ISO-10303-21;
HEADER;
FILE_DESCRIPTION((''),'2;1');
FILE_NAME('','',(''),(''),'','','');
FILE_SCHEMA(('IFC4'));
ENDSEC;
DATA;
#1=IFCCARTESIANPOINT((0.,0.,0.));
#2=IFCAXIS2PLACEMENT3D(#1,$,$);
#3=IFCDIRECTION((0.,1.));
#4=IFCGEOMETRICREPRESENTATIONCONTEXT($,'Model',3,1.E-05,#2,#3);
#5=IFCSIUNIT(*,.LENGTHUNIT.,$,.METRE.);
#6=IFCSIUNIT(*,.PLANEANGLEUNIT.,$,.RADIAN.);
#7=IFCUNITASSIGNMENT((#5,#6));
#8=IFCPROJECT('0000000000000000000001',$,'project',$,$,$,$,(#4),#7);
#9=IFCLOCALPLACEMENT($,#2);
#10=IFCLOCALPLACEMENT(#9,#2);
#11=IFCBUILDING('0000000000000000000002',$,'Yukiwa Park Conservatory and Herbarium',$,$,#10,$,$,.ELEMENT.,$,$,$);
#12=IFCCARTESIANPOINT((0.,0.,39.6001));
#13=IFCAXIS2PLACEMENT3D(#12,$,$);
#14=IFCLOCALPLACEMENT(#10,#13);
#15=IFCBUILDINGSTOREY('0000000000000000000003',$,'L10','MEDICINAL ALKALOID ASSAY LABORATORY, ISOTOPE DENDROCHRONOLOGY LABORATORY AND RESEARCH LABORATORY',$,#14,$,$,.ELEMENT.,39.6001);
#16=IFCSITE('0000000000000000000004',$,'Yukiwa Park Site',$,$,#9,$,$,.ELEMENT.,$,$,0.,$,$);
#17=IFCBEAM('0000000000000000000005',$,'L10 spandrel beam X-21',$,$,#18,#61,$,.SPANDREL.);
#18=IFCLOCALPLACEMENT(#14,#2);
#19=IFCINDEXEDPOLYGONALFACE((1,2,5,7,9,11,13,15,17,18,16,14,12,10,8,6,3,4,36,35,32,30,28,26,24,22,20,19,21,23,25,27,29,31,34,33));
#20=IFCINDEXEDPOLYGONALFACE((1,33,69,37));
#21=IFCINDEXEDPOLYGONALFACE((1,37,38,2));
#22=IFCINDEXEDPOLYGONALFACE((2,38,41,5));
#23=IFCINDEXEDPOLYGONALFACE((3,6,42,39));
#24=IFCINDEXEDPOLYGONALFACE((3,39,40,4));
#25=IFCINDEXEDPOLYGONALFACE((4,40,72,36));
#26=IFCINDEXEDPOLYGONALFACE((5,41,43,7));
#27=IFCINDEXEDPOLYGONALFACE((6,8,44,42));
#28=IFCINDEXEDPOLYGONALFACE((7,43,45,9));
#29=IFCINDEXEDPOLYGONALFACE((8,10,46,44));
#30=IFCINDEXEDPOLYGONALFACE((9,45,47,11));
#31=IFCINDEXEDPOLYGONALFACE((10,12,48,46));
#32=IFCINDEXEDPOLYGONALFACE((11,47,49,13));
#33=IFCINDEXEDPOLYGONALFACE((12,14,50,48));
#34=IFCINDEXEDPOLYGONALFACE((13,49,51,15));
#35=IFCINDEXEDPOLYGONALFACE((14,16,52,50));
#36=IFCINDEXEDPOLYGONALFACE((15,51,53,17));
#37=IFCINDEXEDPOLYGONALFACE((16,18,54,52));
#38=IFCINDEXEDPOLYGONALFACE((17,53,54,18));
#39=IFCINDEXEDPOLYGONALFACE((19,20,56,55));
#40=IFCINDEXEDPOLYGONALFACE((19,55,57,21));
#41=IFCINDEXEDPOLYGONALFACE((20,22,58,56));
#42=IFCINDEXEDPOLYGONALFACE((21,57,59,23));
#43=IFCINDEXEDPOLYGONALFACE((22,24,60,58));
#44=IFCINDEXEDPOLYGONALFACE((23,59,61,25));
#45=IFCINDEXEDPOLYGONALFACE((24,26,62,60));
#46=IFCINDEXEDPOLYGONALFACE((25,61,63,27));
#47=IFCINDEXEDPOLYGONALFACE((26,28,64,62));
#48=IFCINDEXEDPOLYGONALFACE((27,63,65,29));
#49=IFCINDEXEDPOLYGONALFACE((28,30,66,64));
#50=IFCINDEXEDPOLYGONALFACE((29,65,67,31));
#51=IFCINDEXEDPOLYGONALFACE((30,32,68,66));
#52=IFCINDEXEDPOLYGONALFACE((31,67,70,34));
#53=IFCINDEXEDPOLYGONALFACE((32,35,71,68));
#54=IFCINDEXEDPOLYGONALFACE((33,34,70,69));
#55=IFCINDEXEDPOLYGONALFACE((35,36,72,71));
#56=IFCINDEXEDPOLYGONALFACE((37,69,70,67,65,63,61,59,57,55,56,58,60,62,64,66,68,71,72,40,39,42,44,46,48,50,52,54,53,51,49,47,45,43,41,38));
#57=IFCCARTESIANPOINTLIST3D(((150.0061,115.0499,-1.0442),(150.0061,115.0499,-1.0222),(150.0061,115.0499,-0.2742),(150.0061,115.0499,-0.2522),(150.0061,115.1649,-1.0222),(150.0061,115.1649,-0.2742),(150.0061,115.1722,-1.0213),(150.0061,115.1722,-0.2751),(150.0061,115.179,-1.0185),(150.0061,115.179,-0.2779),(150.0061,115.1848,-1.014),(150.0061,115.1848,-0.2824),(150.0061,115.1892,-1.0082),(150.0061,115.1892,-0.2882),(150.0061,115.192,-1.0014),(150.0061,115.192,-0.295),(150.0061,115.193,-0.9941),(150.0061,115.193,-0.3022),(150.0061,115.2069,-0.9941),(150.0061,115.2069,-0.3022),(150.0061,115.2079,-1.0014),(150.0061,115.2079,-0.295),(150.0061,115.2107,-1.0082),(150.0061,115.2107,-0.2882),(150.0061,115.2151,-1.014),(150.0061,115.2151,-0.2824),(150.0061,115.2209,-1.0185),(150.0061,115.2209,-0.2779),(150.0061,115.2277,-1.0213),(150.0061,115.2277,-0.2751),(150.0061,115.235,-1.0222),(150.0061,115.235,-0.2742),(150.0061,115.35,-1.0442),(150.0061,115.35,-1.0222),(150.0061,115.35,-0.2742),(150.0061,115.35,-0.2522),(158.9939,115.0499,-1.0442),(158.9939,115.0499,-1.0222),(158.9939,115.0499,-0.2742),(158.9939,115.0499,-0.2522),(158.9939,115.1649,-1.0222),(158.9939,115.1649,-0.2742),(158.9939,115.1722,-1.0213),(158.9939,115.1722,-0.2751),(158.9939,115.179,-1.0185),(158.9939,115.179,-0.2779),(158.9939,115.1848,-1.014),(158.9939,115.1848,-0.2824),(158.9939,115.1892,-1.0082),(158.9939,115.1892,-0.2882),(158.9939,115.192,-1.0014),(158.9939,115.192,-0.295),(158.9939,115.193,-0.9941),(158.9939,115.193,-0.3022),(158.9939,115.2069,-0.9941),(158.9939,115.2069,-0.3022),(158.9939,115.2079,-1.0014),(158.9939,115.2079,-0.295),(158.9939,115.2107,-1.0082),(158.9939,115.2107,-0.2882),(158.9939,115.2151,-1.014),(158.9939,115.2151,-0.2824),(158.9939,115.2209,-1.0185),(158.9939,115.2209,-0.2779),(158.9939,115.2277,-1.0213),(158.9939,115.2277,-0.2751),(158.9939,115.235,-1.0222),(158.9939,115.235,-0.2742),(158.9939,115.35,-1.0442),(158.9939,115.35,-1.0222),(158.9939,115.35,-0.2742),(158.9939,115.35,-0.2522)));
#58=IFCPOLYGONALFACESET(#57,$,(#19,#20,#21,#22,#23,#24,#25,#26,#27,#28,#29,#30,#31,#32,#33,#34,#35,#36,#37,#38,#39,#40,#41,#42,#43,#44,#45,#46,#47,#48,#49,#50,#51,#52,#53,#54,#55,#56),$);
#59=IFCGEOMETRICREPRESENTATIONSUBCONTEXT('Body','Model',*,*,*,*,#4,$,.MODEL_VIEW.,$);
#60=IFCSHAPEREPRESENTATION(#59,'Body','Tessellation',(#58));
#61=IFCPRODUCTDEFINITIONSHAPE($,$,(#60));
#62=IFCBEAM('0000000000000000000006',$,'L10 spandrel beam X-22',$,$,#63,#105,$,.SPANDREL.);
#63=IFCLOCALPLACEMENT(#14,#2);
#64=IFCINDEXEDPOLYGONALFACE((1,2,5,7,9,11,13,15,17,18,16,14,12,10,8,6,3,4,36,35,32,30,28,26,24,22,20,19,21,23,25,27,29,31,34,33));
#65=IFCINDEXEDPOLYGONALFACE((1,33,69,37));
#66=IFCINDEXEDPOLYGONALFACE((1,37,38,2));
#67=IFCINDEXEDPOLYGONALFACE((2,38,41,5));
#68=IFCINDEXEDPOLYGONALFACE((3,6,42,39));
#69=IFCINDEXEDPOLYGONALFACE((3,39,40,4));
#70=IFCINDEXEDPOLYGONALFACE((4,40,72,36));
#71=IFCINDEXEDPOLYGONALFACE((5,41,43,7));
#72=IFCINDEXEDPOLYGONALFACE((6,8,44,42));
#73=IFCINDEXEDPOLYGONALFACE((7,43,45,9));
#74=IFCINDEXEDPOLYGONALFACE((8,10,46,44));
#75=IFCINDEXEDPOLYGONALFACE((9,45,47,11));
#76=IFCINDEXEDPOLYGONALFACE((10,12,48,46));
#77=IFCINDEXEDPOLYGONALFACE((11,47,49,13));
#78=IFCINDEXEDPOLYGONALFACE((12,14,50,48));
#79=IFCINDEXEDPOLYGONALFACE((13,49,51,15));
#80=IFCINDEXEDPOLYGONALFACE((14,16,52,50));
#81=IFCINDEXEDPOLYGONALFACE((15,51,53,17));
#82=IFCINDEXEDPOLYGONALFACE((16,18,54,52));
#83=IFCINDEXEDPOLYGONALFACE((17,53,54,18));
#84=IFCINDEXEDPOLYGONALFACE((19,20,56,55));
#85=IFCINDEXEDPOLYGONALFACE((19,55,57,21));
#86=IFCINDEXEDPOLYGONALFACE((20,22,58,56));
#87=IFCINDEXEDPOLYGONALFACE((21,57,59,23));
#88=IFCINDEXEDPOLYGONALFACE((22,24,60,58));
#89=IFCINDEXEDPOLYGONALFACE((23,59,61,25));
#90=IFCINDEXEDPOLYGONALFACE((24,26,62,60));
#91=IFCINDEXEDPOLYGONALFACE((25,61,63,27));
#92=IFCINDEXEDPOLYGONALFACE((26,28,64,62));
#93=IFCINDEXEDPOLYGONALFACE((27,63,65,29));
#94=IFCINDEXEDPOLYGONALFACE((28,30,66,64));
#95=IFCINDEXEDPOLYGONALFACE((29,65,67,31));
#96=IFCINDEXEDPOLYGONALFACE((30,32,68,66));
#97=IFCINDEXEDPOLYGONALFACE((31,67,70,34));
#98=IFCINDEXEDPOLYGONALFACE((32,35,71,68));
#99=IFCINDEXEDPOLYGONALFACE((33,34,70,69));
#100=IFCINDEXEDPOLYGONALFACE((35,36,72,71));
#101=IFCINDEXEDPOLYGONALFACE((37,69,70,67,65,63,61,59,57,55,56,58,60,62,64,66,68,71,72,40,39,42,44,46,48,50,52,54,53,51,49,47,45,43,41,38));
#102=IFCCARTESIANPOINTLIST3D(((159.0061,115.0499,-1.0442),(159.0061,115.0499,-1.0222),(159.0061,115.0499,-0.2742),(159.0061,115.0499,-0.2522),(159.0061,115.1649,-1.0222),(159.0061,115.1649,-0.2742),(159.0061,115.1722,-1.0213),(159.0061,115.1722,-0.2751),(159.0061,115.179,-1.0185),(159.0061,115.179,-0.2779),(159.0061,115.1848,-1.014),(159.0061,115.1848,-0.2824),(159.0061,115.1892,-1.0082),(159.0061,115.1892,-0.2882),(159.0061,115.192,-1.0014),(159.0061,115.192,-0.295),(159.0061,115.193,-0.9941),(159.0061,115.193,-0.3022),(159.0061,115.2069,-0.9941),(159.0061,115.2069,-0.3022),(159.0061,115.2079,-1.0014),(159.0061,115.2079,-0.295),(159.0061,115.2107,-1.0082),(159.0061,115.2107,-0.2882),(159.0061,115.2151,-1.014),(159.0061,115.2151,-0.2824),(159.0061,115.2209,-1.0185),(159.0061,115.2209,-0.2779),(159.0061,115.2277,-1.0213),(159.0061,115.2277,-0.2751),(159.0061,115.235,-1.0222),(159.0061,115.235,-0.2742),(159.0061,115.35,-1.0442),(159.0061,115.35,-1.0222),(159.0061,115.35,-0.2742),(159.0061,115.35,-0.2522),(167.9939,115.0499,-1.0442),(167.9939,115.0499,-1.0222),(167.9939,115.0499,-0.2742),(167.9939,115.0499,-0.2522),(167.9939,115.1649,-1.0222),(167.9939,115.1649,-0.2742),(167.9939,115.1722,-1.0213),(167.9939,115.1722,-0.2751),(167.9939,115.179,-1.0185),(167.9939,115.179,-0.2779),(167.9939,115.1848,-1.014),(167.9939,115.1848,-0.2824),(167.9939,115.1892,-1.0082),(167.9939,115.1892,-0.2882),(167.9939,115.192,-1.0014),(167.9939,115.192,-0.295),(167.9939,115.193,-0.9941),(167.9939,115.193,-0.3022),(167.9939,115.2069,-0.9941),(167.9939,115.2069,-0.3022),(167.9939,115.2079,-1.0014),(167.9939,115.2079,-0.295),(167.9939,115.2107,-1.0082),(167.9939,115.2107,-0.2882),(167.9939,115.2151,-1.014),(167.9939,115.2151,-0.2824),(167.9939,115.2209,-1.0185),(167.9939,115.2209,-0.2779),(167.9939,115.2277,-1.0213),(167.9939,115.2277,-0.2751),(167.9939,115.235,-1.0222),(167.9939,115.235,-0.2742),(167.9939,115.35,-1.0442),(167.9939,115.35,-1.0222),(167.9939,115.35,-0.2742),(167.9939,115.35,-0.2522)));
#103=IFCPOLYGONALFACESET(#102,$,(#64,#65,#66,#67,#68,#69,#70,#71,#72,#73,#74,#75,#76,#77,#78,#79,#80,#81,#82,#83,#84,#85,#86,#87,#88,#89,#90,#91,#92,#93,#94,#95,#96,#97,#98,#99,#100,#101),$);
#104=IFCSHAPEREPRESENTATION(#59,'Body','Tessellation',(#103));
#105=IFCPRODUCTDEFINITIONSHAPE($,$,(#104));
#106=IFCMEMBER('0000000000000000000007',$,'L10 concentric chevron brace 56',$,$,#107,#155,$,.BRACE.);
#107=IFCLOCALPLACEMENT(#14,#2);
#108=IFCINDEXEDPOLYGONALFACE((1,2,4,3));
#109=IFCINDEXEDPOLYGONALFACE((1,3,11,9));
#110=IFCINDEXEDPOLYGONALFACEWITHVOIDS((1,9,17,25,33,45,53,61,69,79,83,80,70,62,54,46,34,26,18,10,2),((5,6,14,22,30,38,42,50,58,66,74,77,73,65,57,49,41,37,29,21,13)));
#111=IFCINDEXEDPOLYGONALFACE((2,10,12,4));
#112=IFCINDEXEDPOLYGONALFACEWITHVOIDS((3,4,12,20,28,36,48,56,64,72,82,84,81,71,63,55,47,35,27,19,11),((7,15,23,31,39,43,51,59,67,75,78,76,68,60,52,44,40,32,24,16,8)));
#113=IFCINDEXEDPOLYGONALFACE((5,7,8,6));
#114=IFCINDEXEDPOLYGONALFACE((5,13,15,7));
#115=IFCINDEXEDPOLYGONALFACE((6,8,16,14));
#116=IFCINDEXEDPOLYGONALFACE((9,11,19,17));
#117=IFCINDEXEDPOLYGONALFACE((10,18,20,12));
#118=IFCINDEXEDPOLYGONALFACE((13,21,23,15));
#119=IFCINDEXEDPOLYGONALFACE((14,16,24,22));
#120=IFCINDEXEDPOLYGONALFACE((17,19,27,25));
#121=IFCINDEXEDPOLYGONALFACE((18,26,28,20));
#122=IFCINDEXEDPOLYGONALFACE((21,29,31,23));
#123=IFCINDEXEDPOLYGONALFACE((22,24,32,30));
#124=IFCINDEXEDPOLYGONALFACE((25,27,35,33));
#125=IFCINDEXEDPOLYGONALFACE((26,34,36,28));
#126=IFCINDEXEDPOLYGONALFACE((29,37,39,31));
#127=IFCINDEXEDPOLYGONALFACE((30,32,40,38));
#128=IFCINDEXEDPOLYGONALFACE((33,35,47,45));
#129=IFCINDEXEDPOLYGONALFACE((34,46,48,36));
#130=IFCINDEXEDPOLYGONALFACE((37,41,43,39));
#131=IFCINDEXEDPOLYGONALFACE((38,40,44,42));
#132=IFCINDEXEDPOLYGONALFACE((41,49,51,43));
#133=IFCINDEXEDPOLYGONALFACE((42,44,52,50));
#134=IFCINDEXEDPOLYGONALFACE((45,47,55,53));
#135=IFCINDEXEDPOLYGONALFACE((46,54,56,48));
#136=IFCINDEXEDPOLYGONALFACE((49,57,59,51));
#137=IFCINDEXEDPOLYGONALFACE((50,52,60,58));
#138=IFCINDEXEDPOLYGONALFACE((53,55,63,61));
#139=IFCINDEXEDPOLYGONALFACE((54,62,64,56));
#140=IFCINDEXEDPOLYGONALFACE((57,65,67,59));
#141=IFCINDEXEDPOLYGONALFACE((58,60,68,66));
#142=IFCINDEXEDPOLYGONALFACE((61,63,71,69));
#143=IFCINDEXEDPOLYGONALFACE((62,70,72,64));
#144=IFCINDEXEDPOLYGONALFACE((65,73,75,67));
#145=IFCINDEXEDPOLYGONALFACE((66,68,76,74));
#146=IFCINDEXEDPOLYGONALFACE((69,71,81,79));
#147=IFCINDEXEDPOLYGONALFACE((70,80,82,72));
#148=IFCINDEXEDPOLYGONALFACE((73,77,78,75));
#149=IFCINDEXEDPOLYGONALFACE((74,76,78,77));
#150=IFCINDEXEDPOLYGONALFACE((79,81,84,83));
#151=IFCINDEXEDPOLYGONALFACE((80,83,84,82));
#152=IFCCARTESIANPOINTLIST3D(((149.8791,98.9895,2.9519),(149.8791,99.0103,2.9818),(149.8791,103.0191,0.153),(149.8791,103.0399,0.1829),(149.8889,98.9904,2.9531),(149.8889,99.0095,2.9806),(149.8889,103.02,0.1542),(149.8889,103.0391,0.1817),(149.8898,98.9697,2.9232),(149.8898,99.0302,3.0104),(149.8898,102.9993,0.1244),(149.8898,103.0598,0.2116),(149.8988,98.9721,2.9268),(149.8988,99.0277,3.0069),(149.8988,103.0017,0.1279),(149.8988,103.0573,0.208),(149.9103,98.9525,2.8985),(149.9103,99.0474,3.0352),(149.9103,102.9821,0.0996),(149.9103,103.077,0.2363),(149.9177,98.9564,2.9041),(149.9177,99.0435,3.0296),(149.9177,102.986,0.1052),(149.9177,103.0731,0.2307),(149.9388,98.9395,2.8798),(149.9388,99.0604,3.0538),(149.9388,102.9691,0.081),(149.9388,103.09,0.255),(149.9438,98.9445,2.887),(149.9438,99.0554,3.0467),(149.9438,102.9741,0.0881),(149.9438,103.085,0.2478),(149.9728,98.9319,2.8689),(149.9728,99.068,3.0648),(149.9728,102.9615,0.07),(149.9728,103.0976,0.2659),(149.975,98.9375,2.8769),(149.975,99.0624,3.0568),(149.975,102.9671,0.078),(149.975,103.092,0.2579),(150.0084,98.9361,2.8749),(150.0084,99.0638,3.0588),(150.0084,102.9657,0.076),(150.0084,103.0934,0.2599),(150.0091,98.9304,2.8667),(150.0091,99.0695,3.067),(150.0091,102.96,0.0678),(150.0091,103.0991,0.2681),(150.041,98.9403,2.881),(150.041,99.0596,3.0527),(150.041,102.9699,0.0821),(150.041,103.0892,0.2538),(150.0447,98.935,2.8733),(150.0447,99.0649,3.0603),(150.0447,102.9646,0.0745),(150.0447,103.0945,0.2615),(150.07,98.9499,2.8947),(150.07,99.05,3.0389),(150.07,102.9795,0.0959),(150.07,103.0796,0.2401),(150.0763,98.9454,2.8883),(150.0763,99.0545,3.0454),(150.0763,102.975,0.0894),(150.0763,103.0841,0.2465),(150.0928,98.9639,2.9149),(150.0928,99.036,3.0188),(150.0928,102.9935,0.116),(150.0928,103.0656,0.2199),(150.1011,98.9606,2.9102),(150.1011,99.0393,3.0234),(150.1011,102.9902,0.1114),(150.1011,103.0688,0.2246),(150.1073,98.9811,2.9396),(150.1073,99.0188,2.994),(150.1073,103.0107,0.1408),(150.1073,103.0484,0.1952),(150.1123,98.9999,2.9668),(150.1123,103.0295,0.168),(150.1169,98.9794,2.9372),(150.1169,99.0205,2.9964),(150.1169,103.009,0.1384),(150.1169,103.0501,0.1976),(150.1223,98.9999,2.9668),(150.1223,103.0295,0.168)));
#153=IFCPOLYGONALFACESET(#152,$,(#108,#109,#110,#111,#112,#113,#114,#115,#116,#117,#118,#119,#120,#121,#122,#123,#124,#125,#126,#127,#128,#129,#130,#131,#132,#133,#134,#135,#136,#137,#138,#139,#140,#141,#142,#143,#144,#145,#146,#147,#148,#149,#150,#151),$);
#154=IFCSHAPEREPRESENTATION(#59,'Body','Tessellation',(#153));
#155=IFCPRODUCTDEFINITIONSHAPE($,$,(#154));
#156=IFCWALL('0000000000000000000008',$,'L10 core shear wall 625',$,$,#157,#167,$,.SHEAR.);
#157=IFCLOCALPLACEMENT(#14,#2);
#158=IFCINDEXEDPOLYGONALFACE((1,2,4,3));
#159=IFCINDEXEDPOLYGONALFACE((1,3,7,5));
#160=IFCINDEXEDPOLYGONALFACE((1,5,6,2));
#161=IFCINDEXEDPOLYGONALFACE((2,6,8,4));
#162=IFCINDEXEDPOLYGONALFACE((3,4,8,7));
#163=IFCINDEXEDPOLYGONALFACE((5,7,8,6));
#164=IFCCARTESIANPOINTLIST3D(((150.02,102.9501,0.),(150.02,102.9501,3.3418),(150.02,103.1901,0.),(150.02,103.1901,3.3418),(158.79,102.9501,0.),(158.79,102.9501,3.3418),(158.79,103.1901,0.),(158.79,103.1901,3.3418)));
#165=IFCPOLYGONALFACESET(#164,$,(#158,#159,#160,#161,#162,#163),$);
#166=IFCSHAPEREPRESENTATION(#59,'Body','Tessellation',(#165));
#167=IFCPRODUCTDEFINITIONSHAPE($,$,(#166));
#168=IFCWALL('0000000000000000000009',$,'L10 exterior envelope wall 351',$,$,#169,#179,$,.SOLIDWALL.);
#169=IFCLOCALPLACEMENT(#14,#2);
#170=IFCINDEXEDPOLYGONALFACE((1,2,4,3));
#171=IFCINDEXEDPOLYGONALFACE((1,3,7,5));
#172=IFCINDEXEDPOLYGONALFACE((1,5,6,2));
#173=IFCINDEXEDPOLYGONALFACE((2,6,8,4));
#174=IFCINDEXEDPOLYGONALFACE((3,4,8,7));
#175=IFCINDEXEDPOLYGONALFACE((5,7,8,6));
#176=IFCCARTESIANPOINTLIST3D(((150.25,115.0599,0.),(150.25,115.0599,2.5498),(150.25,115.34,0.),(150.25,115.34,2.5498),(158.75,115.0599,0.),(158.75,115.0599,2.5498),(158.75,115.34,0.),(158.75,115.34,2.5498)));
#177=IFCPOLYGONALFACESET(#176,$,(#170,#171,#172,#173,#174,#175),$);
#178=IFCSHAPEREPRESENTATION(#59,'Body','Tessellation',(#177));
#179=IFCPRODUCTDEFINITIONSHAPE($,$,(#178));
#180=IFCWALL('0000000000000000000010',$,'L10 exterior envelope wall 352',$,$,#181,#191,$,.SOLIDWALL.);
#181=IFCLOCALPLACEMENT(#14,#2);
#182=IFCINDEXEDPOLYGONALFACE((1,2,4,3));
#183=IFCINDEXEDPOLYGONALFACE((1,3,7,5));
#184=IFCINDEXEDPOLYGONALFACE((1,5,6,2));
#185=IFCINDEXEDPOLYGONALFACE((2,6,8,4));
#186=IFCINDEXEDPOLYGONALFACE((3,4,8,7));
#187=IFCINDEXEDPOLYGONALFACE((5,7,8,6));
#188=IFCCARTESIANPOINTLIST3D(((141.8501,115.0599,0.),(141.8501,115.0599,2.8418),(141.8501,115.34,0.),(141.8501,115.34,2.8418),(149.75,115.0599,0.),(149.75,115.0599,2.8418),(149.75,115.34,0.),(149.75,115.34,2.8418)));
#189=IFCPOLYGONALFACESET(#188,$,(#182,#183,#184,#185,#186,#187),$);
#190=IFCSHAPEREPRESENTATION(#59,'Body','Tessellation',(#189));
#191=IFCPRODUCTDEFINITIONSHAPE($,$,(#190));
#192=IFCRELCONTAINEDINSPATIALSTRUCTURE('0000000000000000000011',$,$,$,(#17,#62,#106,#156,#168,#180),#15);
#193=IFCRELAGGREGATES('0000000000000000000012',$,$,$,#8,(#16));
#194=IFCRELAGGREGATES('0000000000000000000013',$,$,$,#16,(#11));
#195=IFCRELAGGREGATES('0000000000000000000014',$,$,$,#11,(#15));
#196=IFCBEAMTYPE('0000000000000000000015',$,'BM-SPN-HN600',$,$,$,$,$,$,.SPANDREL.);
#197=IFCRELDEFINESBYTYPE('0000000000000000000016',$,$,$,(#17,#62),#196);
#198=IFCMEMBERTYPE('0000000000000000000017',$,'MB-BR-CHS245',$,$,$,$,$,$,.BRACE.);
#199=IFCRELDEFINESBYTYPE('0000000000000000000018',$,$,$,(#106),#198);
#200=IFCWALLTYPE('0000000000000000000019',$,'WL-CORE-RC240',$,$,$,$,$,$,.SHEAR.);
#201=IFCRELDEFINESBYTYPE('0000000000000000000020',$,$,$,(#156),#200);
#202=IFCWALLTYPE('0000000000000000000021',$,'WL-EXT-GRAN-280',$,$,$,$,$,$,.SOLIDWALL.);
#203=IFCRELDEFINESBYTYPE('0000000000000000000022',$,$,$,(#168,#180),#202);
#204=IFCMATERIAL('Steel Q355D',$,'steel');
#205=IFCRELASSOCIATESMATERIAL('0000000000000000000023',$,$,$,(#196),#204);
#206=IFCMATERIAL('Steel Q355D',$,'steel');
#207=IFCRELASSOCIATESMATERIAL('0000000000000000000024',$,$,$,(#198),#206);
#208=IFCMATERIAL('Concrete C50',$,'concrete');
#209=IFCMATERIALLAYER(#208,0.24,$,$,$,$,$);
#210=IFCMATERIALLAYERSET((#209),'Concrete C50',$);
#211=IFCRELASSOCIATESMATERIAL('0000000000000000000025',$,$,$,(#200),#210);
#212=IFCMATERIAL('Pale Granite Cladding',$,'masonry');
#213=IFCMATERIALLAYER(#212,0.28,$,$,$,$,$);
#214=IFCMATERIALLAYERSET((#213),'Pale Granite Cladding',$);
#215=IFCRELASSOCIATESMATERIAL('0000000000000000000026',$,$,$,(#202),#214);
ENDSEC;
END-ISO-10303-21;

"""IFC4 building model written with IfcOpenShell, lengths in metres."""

from ifc_helpers import new_model, si_unit, direction, frame, frame_2d, origin, origin_2d, place, context, subcontext, project, spatial, rectangle, hollow_circle, i_section, extrude, material, layer, layer_set, material_profile, profile_set, type_object, element, save


model = new_model("IFC4")

# Units and contexts
model_context = context("Model", 3, precision=1e-05, world=origin(), true_north=direction((0.0, 1.0)))
body_context = subcontext(model_context, "Body", "Model", "MODEL_VIEW")
ifc_project = project(units=[si_unit("LENGTHUNIT", "METRE"), si_unit("PLANEANGLEUNIT", "RADIAN")], contexts=[model_context])

# Site, building, storey
site_placement = place(None, origin())
site = spatial("IfcSite", under=ifc_project, at=site_placement, Name="Yukiwa Park Site", CompositionType="ELEMENT", RefElevation=0.0)
building_placement = place(site_placement, origin())
building = spatial("IfcBuilding", under=site, at=building_placement, Name="Yukiwa Park Conservatory and Herbarium", CompositionType="ELEMENT")
storey_placement = place(building_placement, frame((0.0, 0.0, 39.6001)))
storey = spatial("IfcBuildingStorey", under=building, at=storey_placement, Name="L10", Description="MEDICINAL ALKALOID ASSAY LABORATORY, ISOTOPE DENDROCHRONOLOGY LABORATORY AND RESEARCH LABORATORY", CompositionType="ELEMENT", Elevation=39.6001)

# Beams
ifc_material_1 = material(Name="Steel Q355D", Category="steel")
ifc_material_profile_1 = material_profile(ifc_material_1, i_section(OverallWidth=0.3, OverallDepth=0.792, WebThickness=0.0139, FlangeThickness=0.022, FilletRadius=0.0281, at=origin_2d()), Name="HN 792x300x14x22")
ifc_profile_set_1 = profile_set([ifc_material_profile_1], Name="Steel Q355D")
beam_type_1 = type_object("IfcBeamType", Name="BM-SPN-HN600", PredefinedType="SPANDREL", material=ifc_profile_set_1)
for number, where, z_axis, x_axis, name in (
    (1, (150.0061, 115.2, -0.6482), (1.0, 0.0, 0.0), (0.0, 1.0, 0.0), "L10 spandrel beam X-21"),
    (2, (159.0061, 115.2, -0.6482), (1.0, 0.0, 0.0), (0.0, 1.0, 0.0), "L10 spandrel beam X-22"),
):
    element("IfcBeam", number, at=place(storey_placement, frame(where, z_axis=z_axis, x_axis=x_axis)), inside=storey, type_object=beam_type_1, Name=name, PredefinedType="SPANDREL", context=body_context, shape_type="SweptSolid", body=[
        extrude(i_section(OverallWidth=0.3, OverallDepth=0.792, WebThickness=0.0139, FlangeThickness=0.022, FilletRadius=0.0281, at=origin_2d()), origin(), (0.0, 0.0, 1.0), 8.9878),
    ])

# Member
ifc_material_2 = material(Name="Steel Q355D", Category="steel")
ifc_material_profile_2 = material_profile(ifc_material_2, hollow_circle(Radius=0.1223, WallThickness=0.01, at=origin_2d()), Name="CHS 244.5x10")
ifc_profile_set_2 = profile_set([ifc_material_profile_2], Name="Steel Q355D")
member_type = type_object("IfcMemberType", Name="MB-BR-CHS245", PredefinedType="BRACE", material=ifc_profile_set_2)
member_placement = place(storey_placement, frame((150.0, 103.0295, 0.168), z_axis=(0.0, -0.821319, 0.570469), x_axis=(1.0, 0.0, 0.0)))
element("IfcMember", 3, at=member_placement, inside=storey, type_object=member_type, Name="L10 concentric chevron brace 56", PredefinedType="BRACE", context=body_context, shape_type="SweptSolid", body=[
    extrude(hollow_circle(Radius=0.1223, WallThickness=0.01, at=origin_2d()), origin(), (0.0, 0.0, 1.0), 4.9062),
])

# Walls
ifc_material_3 = material(Name="Concrete C50", Category="concrete")
ifc_layer_1 = layer(ifc_material_3, 0.24)
ifc_layer_set_1 = layer_set([ifc_layer_1], Name="Concrete C50")
wall_type_1 = type_object("IfcWallType", Name="WL-CORE-RC240", PredefinedType="SHEAR", material=ifc_layer_set_1)
wall_1_placement = place(storey_placement, frame((150.02, 103.0701, 0.0), z_axis=(0.0, 0.0, 1.0), x_axis=(1.0, 0.0, 0.0)))
element("IfcWall", 4, at=wall_1_placement, inside=storey, type_object=wall_type_1, Name="L10 core shear wall 625", PredefinedType="SHEAR", context=body_context, shape_type="SweptSolid", body=[
    extrude(rectangle(XDim=8.77, YDim=0.24, at=frame_2d((4.385, 0.0))), origin(), (0.0, 0.0, 1.0), 3.3418),
])
ifc_material_4 = material(Name="Pale Granite Cladding", Category="masonry")
ifc_layer_2 = layer(ifc_material_4, 0.28)
ifc_layer_set_2 = layer_set([ifc_layer_2], Name="Pale Granite Cladding")
wall_type_2 = type_object("IfcWallType", Name="WL-EXT-GRAN-280", PredefinedType="SOLIDWALL", material=ifc_layer_set_2)
wall_2_placement = place(storey_placement, frame((158.75, 115.2, 0.0), z_axis=(0.0, 0.0, 1.0), x_axis=(-1.0, 0.0, 0.0)))
element("IfcWall", 5, at=wall_2_placement, inside=storey, type_object=wall_type_2, Name="L10 exterior envelope wall 351", PredefinedType="SOLIDWALL", context=body_context, shape_type="SweptSolid", body=[
    extrude(rectangle(XDim=8.5, YDim=0.28, at=frame_2d((4.25, 0.0))), origin(), (0.0, 0.0, 1.0), 2.5498),
])
wall_3_placement = place(storey_placement, frame((149.75, 115.2, 0.0), z_axis=(0.0, 0.0, 1.0), x_axis=(-1.0, 0.0, 0.0)))
element("IfcWall", 6, at=wall_3_placement, inside=storey, type_object=wall_type_2, Name="L10 exterior envelope wall 352", PredefinedType="SOLIDWALL", context=body_context, shape_type="SweptSolid", body=[
    extrude(rectangle(XDim=7.8999, YDim=0.28, at=frame_2d((3.95, 0.0))), origin(), (0.0, 0.0, 1.0), 2.8418),
])

save(model, "model.ifc")
